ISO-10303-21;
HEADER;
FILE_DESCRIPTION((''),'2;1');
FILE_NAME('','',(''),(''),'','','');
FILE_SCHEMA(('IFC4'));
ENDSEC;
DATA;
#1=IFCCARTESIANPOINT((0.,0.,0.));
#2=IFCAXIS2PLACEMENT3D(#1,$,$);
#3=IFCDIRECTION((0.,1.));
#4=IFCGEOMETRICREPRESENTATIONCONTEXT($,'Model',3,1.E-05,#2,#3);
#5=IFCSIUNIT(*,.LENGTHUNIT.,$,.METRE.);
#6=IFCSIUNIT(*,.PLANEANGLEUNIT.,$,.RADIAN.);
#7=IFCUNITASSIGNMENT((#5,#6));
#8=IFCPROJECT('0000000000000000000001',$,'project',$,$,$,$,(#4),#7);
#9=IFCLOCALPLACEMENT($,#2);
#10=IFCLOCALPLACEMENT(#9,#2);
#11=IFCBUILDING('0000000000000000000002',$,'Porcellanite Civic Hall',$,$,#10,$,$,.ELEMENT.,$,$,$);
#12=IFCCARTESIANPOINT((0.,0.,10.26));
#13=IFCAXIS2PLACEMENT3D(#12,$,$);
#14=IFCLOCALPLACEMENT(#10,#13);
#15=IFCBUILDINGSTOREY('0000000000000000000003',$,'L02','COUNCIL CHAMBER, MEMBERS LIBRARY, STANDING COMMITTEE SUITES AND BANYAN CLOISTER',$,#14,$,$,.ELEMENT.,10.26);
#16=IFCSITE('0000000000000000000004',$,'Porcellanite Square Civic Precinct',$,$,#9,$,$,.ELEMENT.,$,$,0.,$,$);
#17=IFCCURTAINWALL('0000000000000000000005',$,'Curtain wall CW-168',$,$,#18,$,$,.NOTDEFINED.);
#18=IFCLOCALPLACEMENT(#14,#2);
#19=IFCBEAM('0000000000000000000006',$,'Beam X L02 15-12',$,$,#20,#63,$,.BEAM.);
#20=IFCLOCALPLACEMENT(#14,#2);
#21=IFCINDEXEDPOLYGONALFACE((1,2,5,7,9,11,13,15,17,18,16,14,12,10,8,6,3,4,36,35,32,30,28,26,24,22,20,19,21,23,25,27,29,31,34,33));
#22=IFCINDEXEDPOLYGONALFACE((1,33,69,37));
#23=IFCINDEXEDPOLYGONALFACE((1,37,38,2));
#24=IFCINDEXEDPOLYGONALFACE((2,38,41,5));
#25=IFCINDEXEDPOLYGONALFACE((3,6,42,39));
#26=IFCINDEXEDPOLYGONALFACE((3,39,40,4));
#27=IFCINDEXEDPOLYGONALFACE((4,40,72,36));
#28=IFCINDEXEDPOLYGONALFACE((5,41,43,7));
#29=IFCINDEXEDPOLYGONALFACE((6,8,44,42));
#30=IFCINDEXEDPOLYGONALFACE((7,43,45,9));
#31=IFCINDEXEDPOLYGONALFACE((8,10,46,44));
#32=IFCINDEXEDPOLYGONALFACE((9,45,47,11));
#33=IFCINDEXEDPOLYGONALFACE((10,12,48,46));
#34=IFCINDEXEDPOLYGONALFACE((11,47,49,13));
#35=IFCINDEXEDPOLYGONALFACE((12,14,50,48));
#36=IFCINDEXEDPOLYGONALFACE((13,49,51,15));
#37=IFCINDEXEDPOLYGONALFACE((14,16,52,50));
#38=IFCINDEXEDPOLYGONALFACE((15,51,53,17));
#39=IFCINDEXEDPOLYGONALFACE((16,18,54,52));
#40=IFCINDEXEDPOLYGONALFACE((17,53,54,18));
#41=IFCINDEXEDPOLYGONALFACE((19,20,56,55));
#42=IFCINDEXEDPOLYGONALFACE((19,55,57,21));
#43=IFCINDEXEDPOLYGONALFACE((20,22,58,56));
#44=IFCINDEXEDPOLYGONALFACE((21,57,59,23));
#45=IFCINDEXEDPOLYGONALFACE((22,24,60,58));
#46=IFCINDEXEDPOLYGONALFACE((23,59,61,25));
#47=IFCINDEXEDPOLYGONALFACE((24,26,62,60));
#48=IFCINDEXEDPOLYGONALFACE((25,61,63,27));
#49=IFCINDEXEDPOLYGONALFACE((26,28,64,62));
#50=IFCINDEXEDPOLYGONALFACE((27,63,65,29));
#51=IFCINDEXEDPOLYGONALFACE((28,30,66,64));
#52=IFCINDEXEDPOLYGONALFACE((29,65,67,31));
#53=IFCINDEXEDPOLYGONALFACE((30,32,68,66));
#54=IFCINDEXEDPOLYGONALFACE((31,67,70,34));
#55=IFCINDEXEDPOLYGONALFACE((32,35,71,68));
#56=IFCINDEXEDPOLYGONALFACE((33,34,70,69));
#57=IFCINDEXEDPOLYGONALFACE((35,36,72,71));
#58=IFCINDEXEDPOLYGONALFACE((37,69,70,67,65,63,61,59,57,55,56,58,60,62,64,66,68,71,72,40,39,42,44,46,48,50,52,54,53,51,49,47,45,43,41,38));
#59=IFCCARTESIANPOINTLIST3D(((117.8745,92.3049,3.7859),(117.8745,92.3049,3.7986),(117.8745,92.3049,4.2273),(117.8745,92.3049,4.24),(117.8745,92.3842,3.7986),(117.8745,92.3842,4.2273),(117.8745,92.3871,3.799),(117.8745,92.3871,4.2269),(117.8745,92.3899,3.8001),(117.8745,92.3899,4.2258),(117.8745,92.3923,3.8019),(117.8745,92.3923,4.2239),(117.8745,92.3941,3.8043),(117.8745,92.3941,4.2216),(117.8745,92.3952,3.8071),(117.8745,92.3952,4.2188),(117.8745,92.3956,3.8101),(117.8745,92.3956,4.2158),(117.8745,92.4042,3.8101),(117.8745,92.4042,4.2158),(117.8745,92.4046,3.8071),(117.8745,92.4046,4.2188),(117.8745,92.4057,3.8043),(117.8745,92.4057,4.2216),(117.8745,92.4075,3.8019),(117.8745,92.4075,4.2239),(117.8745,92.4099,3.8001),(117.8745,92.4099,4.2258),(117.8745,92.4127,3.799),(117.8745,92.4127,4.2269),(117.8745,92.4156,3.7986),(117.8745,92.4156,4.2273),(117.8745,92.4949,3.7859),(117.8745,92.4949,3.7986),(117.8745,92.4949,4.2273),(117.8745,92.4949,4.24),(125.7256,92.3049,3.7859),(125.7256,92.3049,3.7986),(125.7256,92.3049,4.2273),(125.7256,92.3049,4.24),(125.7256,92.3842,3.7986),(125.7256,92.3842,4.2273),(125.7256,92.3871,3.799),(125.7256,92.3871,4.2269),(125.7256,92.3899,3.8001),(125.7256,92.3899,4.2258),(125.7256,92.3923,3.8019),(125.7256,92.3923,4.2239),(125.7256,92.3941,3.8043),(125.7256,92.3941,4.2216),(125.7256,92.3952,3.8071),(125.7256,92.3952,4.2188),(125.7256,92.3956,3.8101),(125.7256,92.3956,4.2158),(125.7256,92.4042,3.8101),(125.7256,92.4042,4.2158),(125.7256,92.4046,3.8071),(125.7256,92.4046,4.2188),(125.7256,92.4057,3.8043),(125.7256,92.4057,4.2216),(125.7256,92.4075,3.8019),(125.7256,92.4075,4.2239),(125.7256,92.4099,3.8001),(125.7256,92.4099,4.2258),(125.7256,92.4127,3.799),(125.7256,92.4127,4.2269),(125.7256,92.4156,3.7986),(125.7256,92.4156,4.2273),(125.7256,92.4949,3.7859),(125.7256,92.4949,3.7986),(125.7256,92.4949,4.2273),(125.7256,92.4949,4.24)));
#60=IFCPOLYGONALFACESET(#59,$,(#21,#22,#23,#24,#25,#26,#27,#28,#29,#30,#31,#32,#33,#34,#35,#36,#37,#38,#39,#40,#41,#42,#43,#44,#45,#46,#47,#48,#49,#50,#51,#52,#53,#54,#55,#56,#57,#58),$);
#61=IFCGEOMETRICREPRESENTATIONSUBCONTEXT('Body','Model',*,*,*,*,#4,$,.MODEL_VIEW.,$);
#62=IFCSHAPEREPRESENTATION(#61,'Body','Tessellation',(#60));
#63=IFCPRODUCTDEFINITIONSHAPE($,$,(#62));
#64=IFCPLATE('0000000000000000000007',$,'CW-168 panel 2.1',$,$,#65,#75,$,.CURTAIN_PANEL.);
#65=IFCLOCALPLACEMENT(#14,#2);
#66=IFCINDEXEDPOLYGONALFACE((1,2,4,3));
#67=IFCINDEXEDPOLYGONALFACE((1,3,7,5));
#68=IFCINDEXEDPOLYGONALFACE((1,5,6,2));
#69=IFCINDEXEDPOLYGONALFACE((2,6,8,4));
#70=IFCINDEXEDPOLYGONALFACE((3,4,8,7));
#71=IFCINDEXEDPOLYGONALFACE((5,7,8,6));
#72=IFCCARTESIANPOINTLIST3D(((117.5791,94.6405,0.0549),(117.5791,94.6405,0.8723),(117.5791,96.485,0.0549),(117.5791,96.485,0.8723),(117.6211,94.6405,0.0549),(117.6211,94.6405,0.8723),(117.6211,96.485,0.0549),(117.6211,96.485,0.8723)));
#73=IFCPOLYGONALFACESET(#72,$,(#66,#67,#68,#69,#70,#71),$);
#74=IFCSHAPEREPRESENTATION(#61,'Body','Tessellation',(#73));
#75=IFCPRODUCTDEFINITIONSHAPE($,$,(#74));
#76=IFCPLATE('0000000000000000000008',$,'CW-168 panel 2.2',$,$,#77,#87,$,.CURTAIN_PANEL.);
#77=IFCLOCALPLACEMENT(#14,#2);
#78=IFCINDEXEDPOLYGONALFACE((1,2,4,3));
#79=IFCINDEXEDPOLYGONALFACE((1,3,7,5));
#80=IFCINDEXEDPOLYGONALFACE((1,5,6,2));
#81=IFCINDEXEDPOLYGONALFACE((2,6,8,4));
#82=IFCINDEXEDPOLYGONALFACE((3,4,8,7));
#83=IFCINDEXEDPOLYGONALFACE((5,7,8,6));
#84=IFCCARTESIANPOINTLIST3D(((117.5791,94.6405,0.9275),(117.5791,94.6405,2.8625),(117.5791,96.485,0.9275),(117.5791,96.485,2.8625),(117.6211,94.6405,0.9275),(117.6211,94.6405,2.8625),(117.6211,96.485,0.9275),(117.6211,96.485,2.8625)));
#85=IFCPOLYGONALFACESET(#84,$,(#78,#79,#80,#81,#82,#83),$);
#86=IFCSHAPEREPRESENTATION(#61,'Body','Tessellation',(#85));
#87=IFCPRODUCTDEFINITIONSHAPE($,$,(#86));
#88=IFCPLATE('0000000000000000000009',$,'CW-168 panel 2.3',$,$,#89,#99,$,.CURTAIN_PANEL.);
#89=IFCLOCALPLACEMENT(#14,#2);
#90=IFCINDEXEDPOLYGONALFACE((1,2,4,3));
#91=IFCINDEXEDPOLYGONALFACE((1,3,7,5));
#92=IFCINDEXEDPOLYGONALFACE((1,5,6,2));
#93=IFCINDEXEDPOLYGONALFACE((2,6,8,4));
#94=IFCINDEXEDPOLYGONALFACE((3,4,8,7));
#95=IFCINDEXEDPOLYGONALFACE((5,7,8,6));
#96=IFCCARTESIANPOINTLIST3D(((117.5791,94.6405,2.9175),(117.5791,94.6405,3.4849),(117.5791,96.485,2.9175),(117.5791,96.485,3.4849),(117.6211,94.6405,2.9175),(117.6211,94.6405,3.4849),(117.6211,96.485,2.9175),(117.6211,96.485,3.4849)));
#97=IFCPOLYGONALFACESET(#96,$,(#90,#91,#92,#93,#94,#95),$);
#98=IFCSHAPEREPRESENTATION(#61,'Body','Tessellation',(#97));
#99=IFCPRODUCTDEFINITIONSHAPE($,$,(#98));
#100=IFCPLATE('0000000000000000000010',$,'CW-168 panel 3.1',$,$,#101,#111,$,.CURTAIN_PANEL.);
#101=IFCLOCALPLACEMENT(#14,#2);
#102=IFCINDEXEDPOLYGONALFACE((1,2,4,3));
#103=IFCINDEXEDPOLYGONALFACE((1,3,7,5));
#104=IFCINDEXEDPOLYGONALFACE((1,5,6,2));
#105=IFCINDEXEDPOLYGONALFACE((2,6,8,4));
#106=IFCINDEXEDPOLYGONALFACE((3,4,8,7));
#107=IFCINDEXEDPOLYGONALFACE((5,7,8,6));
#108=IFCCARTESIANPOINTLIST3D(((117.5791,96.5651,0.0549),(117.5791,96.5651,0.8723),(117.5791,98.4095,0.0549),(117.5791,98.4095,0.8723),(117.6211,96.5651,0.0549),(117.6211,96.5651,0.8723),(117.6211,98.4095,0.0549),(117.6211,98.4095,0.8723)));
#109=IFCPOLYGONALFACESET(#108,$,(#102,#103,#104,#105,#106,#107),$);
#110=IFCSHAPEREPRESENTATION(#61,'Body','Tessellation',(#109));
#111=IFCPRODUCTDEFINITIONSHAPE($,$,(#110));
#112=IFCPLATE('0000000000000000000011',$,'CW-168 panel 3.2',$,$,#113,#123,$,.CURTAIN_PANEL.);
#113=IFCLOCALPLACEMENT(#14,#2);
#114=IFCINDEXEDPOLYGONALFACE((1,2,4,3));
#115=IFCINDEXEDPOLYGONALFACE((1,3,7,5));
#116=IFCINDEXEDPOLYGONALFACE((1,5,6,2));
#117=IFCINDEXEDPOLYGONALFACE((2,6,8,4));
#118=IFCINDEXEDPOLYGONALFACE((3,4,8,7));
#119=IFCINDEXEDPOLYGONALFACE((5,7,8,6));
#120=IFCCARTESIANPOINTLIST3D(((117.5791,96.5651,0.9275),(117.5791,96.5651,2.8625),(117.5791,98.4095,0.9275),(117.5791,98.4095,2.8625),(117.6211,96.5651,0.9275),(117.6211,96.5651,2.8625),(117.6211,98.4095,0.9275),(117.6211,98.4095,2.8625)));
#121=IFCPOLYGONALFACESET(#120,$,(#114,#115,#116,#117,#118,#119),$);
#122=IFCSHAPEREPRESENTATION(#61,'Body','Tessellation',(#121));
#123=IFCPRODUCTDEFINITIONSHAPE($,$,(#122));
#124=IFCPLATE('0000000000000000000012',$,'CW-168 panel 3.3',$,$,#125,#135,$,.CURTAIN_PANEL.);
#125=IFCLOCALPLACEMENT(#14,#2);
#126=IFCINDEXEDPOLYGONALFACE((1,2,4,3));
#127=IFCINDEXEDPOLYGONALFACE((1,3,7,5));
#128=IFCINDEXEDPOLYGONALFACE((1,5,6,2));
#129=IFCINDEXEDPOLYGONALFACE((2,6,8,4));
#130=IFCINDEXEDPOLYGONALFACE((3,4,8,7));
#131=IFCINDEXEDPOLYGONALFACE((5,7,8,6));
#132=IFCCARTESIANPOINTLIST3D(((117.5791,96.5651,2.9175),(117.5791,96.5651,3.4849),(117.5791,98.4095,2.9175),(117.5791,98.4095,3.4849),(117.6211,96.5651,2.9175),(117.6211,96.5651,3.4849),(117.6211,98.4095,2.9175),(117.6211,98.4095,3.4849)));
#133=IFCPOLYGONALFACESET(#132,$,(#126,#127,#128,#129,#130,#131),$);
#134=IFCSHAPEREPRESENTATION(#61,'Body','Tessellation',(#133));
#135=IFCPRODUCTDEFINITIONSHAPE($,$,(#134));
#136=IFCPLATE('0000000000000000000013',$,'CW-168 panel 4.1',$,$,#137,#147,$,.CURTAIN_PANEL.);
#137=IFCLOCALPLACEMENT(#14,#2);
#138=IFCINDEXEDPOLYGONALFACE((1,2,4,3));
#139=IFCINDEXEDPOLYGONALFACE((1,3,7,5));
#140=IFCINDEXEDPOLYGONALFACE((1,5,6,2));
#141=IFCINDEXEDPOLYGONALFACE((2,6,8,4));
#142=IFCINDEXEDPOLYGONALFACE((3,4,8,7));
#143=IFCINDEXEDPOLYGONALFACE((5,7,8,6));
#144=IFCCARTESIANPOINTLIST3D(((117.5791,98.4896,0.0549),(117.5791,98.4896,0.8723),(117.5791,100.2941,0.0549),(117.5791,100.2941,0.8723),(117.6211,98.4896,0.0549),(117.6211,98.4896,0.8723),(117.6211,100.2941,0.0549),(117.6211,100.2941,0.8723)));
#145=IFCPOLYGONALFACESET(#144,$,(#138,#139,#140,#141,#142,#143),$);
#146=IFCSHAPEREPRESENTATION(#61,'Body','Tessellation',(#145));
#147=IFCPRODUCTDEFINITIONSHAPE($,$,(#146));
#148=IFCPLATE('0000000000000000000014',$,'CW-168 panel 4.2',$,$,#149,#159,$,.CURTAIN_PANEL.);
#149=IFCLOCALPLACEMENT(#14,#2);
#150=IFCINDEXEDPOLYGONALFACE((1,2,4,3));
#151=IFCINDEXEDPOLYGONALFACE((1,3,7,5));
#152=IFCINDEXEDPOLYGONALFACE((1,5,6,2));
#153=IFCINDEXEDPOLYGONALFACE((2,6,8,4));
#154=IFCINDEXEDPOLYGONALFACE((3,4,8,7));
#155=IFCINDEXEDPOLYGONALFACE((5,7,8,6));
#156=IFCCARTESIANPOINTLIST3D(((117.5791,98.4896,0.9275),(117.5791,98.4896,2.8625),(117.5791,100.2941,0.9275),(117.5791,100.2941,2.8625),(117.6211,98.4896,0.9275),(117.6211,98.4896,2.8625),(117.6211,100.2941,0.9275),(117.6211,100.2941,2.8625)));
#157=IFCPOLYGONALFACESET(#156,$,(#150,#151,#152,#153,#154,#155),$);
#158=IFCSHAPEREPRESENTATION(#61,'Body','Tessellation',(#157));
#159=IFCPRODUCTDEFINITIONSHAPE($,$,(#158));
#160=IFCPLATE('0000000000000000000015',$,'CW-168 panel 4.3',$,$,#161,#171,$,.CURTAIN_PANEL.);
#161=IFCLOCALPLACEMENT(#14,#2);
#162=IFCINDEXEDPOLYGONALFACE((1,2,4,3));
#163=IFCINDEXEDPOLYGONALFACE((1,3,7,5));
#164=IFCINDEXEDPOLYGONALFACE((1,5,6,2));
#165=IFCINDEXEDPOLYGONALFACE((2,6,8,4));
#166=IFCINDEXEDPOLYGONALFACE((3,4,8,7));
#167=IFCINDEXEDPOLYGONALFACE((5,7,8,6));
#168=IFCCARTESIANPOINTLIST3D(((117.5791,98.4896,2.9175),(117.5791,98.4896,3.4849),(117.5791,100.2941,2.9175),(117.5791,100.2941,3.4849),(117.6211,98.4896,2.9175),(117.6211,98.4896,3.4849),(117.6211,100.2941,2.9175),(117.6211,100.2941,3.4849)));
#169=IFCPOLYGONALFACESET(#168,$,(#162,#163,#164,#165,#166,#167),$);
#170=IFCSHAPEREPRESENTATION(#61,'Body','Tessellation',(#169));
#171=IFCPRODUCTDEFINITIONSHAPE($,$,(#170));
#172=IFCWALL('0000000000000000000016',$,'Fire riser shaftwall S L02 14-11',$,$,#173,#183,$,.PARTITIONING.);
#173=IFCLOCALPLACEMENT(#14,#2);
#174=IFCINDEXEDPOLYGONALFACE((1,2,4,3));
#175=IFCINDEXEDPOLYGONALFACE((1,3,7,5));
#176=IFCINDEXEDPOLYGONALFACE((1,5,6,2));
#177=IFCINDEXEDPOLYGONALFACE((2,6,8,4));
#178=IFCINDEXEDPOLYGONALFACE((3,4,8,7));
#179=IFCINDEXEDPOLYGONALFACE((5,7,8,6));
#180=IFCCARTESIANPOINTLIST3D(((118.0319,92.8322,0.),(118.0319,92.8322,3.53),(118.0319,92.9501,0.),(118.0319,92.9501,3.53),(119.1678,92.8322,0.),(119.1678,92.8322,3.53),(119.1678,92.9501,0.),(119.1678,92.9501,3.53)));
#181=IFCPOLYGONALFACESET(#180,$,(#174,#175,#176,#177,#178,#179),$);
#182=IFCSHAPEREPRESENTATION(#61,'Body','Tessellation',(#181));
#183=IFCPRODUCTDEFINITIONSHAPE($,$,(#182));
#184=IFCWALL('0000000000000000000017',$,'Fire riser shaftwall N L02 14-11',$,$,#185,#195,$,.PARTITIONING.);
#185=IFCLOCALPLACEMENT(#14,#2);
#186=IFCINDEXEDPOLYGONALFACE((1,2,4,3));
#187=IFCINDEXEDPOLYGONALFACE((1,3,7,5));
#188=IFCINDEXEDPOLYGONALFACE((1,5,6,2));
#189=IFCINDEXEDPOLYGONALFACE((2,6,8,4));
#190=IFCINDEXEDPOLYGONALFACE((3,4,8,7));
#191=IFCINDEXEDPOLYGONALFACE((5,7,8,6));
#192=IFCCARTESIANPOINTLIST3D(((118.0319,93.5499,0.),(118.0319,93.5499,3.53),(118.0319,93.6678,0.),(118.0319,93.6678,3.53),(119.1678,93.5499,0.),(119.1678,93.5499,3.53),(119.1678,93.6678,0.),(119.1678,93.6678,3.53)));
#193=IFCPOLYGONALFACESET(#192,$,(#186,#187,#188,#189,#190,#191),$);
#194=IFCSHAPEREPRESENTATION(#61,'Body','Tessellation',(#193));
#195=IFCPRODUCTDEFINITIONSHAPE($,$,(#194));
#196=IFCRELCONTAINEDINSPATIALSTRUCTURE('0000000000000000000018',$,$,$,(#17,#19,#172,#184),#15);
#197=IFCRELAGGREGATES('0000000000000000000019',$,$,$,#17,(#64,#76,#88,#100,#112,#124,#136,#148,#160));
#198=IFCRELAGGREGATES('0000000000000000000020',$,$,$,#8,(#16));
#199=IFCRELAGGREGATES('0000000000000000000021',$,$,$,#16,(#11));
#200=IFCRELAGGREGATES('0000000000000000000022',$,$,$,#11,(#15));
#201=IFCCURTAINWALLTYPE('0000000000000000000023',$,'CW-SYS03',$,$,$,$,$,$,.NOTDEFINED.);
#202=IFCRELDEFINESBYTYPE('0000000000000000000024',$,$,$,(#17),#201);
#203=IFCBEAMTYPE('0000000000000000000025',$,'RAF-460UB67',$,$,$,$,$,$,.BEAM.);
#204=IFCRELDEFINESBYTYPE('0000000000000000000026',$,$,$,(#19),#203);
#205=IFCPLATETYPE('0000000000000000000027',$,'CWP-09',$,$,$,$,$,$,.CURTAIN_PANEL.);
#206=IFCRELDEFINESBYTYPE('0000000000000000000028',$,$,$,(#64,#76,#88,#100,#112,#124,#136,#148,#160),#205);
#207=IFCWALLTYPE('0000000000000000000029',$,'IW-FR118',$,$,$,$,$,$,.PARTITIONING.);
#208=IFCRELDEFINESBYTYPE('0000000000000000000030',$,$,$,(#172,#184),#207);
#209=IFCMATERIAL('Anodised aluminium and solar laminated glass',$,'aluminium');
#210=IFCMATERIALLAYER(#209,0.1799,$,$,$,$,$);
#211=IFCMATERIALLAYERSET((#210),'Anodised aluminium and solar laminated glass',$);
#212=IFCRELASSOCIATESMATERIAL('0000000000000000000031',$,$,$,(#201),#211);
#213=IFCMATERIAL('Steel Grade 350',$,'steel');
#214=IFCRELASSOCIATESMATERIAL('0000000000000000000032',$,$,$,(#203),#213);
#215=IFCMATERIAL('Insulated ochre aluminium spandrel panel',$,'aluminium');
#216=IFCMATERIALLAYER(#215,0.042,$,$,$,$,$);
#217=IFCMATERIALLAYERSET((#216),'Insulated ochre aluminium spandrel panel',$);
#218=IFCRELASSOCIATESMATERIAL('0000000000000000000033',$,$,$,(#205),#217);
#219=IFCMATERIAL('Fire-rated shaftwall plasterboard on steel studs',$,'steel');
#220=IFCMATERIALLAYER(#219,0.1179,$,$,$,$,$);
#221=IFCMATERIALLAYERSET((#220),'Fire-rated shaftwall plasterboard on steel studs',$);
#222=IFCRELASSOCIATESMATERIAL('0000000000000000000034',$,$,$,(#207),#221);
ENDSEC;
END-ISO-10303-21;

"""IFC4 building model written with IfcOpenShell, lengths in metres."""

from ifc_helpers import new_model, si_unit, direction, frame, frame_2d, origin, origin_2d, place, context, subcontext, project, spatial, rectangle, i_section, extrude, material, layer, layer_set, material_profile, profile_set, type_object, element, aggregate, save


model = new_model("IFC4")

# Units and contexts
model_context = context("Model", 3, precision=1e-05, world=origin(), true_north=direction((0.0, 1.0)))
body_context = subcontext(model_context, "Body", "Model", "MODEL_VIEW")
ifc_project = project(units=[si_unit("LENGTHUNIT", "METRE"), si_unit("PLANEANGLEUNIT", "RADIAN")], contexts=[model_context])

# Site, building, storey
site_placement = place(None, origin())
site = spatial("IfcSite", under=ifc_project, at=site_placement, Name="Porcellanite Square Civic Precinct", CompositionType="ELEMENT", RefElevation=0.0)
building_placement = place(site_placement, origin())
building = spatial("IfcBuilding", under=site, at=building_placement, Name="Porcellanite Civic Hall", CompositionType="ELEMENT")
storey_placement = place(building_placement, frame((0.0, 0.0, 10.26)))
storey = spatial("IfcBuildingStorey", under=building, at=storey_placement, Name="L02", Description="COUNCIL CHAMBER, MEMBERS LIBRARY, STANDING COMMITTEE SUITES AND BANYAN CLOISTER", CompositionType="ELEMENT", Elevation=10.26)

# Curtain wall
ifc_material_1 = material(Name="Anodised aluminium and solar laminated glass", Category="aluminium")
ifc_layer_1 = layer(ifc_material_1, 0.1799)
ifc_layer_set_1 = layer_set([ifc_layer_1], Name="Anodised aluminium and solar laminated glass")
curtain_wall_type = type_object("IfcCurtainWallType", Name="CW-SYS03", PredefinedType="NOTDEFINED", material=ifc_layer_set_1)
curtain_wall_placement = place(storey_placement, origin())
curtain_wall = element("IfcCurtainWall", 1, at=curtain_wall_placement, inside=storey, type_object=curtain_wall_type, Name="Curtain wall CW-168", PredefinedType="NOTDEFINED")

# Beam
ifc_material_2 = material(Name="Steel Grade 350", Category="steel")
ifc_material_profile_1 = material_profile(ifc_material_2, i_section(OverallWidth=0.1899, OverallDepth=0.4541, WebThickness=0.0085, FlangeThickness=0.0127, FilletRadius=0.0115, at=origin_2d()), Name="460UB67.1")
ifc_profile_set_1 = profile_set([ifc_material_profile_1], Name="Steel Grade 350")
beam_type_1 = type_object("IfcBeamType", Name="RAF-460UB67", PredefinedType="BEAM", material=ifc_profile_set_1)
beam_1_placement = place(storey_placement, frame((117.8745, 92.3999, 4.0129), z_axis=(1.0, 0.0, 0.0), x_axis=(0.0, 1.0, 0.0)))
element("IfcBeam", 2, at=beam_1_placement, inside=storey, type_object=beam_type_1, Name="Beam X L02 15-12", PredefinedType="BEAM", context=body_context, shape_type="SweptSolid", body=[
    extrude(i_section(OverallWidth=0.1899, OverallDepth=0.4541, WebThickness=0.0085, FlangeThickness=0.0127, FilletRadius=0.0115, at=origin_2d()), origin(), (0.0, 0.0, 1.0), 7.8511),
])

# Plates
ifc_material_3 = material(Name="Insulated ochre aluminium spandrel panel", Category="aluminium")
ifc_layer_2 = layer(ifc_material_3, 0.042)
ifc_layer_set_2 = layer_set([ifc_layer_2], Name="Insulated ochre aluminium spandrel panel")
plate_type = type_object("IfcPlateType", Name="CWP-09", PredefinedType="CURTAIN_PANEL", material=ifc_layer_set_2)
plate_1_placement = place(storey_placement, frame((117.6001, 95.5627, 0.0549), z_axis=(0.0, 0.0, 1.0), x_axis=(0.0, 1.0, 0.0)))
plate_1 = element("IfcPlate", 3, at=plate_1_placement, type_object=plate_type, Name="CW-168 panel 2.1", PredefinedType="CURTAIN_PANEL", context=body_context, shape_type="SweptSolid", body=[
    extrude(rectangle(XDim=1.8445, YDim=0.042, at=origin_2d()), origin(), (0.0, 0.0, 1.0), 0.8174),
])
plate_2_placement = place(storey_placement, frame((117.6001, 95.5627, 0.9275), z_axis=(0.0, 0.0, 1.0), x_axis=(0.0, 1.0, 0.0)))
plate_2 = element("IfcPlate", 4, at=plate_2_placement, type_object=plate_type, Name="CW-168 panel 2.2", PredefinedType="CURTAIN_PANEL", context=body_context, shape_type="SweptSolid", body=[
    extrude(rectangle(XDim=1.8445, YDim=0.042, at=origin_2d()), origin(), (0.0, 0.0, 1.0), 1.9351),
])
plate_3_placement = place(storey_placement, frame((117.6001, 95.5627, 2.9175), z_axis=(0.0, 0.0, 1.0), x_axis=(0.0, 1.0, 0.0)))
plate_3 = element("IfcPlate", 5, at=plate_3_placement, type_object=plate_type, Name="CW-168 panel 2.3", PredefinedType="CURTAIN_PANEL", context=body_context, shape_type="SweptSolid", body=[
    extrude(rectangle(XDim=1.8445, YDim=0.042, at=origin_2d()), origin(), (0.0, 0.0, 1.0), 0.5674),
])
plate_4_placement = place(storey_placement, frame((117.6001, 97.4873, 0.0549), z_axis=(0.0, 0.0, 1.0), x_axis=(0.0, 1.0, 0.0)))
plate_4 = element("IfcPlate", 6, at=plate_4_placement, type_object=plate_type, Name="CW-168 panel 3.1", PredefinedType="CURTAIN_PANEL", context=body_context, shape_type="SweptSolid", body=[
    extrude(rectangle(XDim=1.8445, YDim=0.042, at=origin_2d()), origin(), (0.0, 0.0, 1.0), 0.8174),
])
plate_5_placement = place(storey_placement, frame((117.6001, 97.4873, 0.9275), z_axis=(0.0, 0.0, 1.0), x_axis=(0.0, 1.0, 0.0)))
plate_5 = element("IfcPlate", 7, at=plate_5_placement, type_object=plate_type, Name="CW-168 panel 3.2", PredefinedType="CURTAIN_PANEL", context=body_context, shape_type="SweptSolid", body=[
    extrude(rectangle(XDim=1.8445, YDim=0.042, at=origin_2d()), origin(), (0.0, 0.0, 1.0), 1.9351),
])
plate_6_placement = place(storey_placement, frame((117.6001, 97.4873, 2.9175), z_axis=(0.0, 0.0, 1.0), x_axis=(0.0, 1.0, 0.0)))
plate_6 = element("IfcPlate", 8, at=plate_6_placement, type_object=plate_type, Name="CW-168 panel 3.3", PredefinedType="CURTAIN_PANEL", context=body_context, shape_type="SweptSolid", body=[
    extrude(rectangle(XDim=1.8445, YDim=0.042, at=origin_2d()), origin(), (0.0, 0.0, 1.0), 0.5674),
])
plate_7_placement = place(storey_placement, frame((117.6001, 99.3918, 0.0549), z_axis=(0.0, 0.0, 1.0), x_axis=(0.0, 1.0, 0.0)))
plate_7 = element("IfcPlate", 9, at=plate_7_placement, type_object=plate_type, Name="CW-168 panel 4.1", PredefinedType="CURTAIN_PANEL", context=body_context, shape_type="SweptSolid", body=[
    extrude(rectangle(XDim=1.8044, YDim=0.042, at=origin_2d()), origin(), (0.0, 0.0, 1.0), 0.8174),
])
plate_8_placement = place(storey_placement, frame((117.6001, 99.3918, 0.9275), z_axis=(0.0, 0.0, 1.0), x_axis=(0.0, 1.0, 0.0)))
plate_8 = element("IfcPlate", 10, at=plate_8_placement, type_object=plate_type, Name="CW-168 panel 4.2", PredefinedType="CURTAIN_PANEL", context=body_context, shape_type="SweptSolid", body=[
    extrude(rectangle(XDim=1.8044, YDim=0.042, at=origin_2d()), origin(), (0.0, 0.0, 1.0), 1.9351),
])
plate_9_placement = place(storey_placement, frame((117.6001, 99.3918, 2.9175), z_axis=(0.0, 0.0, 1.0), x_axis=(0.0, 1.0, 0.0)))
plate_9 = element("IfcPlate", 11, at=plate_9_placement, type_object=plate_type, Name="CW-168 panel 4.3", PredefinedType="CURTAIN_PANEL", context=body_context, shape_type="SweptSolid", body=[
    extrude(rectangle(XDim=1.8044, YDim=0.042, at=origin_2d()), origin(), (0.0, 0.0, 1.0), 0.5674),
])
aggregate(curtain_wall, [plate_1, plate_2, plate_3, plate_4, plate_5, plate_6, plate_7, plate_8, plate_9])

# Walls
ifc_material_4 = material(Name="Fire-rated shaftwall plasterboard on steel studs", Category="steel")
ifc_layer_3 = layer(ifc_material_4, 0.1179)
ifc_layer_set_3 = layer_set([ifc_layer_3], Name="Fire-rated shaftwall plasterboard on steel studs")
wall_type = type_object("IfcWallType", Name="IW-FR118", PredefinedType="PARTITIONING", material=ifc_layer_set_3)
for number, where, z_axis, x_axis, name in (
    (12, (118.032, 92.8911, 0.0), (0.0, 0.0, 1.0), (1.0, 0.0, 0.0), "Fire riser shaftwall S L02 14-11"),
    (13, (118.032, 93.6089, 0.0), (0.0, 0.0, 1.0), (1.0, 0.0, 0.0), "Fire riser shaftwall N L02 14-11"),
):
    element("IfcWall", number, at=place(storey_placement, frame(where, z_axis=z_axis, x_axis=x_axis)), inside=storey, type_object=wall_type, Name=name, PredefinedType="PARTITIONING", context=body_context, shape_type="SweptSolid", body=[
        extrude(rectangle(XDim=1.136, YDim=0.1179, at=frame_2d((0.5679, 0.0))), origin(), (0.0, 0.0, 1.0), 3.53),
    ])

save(model, "model.ifc")
